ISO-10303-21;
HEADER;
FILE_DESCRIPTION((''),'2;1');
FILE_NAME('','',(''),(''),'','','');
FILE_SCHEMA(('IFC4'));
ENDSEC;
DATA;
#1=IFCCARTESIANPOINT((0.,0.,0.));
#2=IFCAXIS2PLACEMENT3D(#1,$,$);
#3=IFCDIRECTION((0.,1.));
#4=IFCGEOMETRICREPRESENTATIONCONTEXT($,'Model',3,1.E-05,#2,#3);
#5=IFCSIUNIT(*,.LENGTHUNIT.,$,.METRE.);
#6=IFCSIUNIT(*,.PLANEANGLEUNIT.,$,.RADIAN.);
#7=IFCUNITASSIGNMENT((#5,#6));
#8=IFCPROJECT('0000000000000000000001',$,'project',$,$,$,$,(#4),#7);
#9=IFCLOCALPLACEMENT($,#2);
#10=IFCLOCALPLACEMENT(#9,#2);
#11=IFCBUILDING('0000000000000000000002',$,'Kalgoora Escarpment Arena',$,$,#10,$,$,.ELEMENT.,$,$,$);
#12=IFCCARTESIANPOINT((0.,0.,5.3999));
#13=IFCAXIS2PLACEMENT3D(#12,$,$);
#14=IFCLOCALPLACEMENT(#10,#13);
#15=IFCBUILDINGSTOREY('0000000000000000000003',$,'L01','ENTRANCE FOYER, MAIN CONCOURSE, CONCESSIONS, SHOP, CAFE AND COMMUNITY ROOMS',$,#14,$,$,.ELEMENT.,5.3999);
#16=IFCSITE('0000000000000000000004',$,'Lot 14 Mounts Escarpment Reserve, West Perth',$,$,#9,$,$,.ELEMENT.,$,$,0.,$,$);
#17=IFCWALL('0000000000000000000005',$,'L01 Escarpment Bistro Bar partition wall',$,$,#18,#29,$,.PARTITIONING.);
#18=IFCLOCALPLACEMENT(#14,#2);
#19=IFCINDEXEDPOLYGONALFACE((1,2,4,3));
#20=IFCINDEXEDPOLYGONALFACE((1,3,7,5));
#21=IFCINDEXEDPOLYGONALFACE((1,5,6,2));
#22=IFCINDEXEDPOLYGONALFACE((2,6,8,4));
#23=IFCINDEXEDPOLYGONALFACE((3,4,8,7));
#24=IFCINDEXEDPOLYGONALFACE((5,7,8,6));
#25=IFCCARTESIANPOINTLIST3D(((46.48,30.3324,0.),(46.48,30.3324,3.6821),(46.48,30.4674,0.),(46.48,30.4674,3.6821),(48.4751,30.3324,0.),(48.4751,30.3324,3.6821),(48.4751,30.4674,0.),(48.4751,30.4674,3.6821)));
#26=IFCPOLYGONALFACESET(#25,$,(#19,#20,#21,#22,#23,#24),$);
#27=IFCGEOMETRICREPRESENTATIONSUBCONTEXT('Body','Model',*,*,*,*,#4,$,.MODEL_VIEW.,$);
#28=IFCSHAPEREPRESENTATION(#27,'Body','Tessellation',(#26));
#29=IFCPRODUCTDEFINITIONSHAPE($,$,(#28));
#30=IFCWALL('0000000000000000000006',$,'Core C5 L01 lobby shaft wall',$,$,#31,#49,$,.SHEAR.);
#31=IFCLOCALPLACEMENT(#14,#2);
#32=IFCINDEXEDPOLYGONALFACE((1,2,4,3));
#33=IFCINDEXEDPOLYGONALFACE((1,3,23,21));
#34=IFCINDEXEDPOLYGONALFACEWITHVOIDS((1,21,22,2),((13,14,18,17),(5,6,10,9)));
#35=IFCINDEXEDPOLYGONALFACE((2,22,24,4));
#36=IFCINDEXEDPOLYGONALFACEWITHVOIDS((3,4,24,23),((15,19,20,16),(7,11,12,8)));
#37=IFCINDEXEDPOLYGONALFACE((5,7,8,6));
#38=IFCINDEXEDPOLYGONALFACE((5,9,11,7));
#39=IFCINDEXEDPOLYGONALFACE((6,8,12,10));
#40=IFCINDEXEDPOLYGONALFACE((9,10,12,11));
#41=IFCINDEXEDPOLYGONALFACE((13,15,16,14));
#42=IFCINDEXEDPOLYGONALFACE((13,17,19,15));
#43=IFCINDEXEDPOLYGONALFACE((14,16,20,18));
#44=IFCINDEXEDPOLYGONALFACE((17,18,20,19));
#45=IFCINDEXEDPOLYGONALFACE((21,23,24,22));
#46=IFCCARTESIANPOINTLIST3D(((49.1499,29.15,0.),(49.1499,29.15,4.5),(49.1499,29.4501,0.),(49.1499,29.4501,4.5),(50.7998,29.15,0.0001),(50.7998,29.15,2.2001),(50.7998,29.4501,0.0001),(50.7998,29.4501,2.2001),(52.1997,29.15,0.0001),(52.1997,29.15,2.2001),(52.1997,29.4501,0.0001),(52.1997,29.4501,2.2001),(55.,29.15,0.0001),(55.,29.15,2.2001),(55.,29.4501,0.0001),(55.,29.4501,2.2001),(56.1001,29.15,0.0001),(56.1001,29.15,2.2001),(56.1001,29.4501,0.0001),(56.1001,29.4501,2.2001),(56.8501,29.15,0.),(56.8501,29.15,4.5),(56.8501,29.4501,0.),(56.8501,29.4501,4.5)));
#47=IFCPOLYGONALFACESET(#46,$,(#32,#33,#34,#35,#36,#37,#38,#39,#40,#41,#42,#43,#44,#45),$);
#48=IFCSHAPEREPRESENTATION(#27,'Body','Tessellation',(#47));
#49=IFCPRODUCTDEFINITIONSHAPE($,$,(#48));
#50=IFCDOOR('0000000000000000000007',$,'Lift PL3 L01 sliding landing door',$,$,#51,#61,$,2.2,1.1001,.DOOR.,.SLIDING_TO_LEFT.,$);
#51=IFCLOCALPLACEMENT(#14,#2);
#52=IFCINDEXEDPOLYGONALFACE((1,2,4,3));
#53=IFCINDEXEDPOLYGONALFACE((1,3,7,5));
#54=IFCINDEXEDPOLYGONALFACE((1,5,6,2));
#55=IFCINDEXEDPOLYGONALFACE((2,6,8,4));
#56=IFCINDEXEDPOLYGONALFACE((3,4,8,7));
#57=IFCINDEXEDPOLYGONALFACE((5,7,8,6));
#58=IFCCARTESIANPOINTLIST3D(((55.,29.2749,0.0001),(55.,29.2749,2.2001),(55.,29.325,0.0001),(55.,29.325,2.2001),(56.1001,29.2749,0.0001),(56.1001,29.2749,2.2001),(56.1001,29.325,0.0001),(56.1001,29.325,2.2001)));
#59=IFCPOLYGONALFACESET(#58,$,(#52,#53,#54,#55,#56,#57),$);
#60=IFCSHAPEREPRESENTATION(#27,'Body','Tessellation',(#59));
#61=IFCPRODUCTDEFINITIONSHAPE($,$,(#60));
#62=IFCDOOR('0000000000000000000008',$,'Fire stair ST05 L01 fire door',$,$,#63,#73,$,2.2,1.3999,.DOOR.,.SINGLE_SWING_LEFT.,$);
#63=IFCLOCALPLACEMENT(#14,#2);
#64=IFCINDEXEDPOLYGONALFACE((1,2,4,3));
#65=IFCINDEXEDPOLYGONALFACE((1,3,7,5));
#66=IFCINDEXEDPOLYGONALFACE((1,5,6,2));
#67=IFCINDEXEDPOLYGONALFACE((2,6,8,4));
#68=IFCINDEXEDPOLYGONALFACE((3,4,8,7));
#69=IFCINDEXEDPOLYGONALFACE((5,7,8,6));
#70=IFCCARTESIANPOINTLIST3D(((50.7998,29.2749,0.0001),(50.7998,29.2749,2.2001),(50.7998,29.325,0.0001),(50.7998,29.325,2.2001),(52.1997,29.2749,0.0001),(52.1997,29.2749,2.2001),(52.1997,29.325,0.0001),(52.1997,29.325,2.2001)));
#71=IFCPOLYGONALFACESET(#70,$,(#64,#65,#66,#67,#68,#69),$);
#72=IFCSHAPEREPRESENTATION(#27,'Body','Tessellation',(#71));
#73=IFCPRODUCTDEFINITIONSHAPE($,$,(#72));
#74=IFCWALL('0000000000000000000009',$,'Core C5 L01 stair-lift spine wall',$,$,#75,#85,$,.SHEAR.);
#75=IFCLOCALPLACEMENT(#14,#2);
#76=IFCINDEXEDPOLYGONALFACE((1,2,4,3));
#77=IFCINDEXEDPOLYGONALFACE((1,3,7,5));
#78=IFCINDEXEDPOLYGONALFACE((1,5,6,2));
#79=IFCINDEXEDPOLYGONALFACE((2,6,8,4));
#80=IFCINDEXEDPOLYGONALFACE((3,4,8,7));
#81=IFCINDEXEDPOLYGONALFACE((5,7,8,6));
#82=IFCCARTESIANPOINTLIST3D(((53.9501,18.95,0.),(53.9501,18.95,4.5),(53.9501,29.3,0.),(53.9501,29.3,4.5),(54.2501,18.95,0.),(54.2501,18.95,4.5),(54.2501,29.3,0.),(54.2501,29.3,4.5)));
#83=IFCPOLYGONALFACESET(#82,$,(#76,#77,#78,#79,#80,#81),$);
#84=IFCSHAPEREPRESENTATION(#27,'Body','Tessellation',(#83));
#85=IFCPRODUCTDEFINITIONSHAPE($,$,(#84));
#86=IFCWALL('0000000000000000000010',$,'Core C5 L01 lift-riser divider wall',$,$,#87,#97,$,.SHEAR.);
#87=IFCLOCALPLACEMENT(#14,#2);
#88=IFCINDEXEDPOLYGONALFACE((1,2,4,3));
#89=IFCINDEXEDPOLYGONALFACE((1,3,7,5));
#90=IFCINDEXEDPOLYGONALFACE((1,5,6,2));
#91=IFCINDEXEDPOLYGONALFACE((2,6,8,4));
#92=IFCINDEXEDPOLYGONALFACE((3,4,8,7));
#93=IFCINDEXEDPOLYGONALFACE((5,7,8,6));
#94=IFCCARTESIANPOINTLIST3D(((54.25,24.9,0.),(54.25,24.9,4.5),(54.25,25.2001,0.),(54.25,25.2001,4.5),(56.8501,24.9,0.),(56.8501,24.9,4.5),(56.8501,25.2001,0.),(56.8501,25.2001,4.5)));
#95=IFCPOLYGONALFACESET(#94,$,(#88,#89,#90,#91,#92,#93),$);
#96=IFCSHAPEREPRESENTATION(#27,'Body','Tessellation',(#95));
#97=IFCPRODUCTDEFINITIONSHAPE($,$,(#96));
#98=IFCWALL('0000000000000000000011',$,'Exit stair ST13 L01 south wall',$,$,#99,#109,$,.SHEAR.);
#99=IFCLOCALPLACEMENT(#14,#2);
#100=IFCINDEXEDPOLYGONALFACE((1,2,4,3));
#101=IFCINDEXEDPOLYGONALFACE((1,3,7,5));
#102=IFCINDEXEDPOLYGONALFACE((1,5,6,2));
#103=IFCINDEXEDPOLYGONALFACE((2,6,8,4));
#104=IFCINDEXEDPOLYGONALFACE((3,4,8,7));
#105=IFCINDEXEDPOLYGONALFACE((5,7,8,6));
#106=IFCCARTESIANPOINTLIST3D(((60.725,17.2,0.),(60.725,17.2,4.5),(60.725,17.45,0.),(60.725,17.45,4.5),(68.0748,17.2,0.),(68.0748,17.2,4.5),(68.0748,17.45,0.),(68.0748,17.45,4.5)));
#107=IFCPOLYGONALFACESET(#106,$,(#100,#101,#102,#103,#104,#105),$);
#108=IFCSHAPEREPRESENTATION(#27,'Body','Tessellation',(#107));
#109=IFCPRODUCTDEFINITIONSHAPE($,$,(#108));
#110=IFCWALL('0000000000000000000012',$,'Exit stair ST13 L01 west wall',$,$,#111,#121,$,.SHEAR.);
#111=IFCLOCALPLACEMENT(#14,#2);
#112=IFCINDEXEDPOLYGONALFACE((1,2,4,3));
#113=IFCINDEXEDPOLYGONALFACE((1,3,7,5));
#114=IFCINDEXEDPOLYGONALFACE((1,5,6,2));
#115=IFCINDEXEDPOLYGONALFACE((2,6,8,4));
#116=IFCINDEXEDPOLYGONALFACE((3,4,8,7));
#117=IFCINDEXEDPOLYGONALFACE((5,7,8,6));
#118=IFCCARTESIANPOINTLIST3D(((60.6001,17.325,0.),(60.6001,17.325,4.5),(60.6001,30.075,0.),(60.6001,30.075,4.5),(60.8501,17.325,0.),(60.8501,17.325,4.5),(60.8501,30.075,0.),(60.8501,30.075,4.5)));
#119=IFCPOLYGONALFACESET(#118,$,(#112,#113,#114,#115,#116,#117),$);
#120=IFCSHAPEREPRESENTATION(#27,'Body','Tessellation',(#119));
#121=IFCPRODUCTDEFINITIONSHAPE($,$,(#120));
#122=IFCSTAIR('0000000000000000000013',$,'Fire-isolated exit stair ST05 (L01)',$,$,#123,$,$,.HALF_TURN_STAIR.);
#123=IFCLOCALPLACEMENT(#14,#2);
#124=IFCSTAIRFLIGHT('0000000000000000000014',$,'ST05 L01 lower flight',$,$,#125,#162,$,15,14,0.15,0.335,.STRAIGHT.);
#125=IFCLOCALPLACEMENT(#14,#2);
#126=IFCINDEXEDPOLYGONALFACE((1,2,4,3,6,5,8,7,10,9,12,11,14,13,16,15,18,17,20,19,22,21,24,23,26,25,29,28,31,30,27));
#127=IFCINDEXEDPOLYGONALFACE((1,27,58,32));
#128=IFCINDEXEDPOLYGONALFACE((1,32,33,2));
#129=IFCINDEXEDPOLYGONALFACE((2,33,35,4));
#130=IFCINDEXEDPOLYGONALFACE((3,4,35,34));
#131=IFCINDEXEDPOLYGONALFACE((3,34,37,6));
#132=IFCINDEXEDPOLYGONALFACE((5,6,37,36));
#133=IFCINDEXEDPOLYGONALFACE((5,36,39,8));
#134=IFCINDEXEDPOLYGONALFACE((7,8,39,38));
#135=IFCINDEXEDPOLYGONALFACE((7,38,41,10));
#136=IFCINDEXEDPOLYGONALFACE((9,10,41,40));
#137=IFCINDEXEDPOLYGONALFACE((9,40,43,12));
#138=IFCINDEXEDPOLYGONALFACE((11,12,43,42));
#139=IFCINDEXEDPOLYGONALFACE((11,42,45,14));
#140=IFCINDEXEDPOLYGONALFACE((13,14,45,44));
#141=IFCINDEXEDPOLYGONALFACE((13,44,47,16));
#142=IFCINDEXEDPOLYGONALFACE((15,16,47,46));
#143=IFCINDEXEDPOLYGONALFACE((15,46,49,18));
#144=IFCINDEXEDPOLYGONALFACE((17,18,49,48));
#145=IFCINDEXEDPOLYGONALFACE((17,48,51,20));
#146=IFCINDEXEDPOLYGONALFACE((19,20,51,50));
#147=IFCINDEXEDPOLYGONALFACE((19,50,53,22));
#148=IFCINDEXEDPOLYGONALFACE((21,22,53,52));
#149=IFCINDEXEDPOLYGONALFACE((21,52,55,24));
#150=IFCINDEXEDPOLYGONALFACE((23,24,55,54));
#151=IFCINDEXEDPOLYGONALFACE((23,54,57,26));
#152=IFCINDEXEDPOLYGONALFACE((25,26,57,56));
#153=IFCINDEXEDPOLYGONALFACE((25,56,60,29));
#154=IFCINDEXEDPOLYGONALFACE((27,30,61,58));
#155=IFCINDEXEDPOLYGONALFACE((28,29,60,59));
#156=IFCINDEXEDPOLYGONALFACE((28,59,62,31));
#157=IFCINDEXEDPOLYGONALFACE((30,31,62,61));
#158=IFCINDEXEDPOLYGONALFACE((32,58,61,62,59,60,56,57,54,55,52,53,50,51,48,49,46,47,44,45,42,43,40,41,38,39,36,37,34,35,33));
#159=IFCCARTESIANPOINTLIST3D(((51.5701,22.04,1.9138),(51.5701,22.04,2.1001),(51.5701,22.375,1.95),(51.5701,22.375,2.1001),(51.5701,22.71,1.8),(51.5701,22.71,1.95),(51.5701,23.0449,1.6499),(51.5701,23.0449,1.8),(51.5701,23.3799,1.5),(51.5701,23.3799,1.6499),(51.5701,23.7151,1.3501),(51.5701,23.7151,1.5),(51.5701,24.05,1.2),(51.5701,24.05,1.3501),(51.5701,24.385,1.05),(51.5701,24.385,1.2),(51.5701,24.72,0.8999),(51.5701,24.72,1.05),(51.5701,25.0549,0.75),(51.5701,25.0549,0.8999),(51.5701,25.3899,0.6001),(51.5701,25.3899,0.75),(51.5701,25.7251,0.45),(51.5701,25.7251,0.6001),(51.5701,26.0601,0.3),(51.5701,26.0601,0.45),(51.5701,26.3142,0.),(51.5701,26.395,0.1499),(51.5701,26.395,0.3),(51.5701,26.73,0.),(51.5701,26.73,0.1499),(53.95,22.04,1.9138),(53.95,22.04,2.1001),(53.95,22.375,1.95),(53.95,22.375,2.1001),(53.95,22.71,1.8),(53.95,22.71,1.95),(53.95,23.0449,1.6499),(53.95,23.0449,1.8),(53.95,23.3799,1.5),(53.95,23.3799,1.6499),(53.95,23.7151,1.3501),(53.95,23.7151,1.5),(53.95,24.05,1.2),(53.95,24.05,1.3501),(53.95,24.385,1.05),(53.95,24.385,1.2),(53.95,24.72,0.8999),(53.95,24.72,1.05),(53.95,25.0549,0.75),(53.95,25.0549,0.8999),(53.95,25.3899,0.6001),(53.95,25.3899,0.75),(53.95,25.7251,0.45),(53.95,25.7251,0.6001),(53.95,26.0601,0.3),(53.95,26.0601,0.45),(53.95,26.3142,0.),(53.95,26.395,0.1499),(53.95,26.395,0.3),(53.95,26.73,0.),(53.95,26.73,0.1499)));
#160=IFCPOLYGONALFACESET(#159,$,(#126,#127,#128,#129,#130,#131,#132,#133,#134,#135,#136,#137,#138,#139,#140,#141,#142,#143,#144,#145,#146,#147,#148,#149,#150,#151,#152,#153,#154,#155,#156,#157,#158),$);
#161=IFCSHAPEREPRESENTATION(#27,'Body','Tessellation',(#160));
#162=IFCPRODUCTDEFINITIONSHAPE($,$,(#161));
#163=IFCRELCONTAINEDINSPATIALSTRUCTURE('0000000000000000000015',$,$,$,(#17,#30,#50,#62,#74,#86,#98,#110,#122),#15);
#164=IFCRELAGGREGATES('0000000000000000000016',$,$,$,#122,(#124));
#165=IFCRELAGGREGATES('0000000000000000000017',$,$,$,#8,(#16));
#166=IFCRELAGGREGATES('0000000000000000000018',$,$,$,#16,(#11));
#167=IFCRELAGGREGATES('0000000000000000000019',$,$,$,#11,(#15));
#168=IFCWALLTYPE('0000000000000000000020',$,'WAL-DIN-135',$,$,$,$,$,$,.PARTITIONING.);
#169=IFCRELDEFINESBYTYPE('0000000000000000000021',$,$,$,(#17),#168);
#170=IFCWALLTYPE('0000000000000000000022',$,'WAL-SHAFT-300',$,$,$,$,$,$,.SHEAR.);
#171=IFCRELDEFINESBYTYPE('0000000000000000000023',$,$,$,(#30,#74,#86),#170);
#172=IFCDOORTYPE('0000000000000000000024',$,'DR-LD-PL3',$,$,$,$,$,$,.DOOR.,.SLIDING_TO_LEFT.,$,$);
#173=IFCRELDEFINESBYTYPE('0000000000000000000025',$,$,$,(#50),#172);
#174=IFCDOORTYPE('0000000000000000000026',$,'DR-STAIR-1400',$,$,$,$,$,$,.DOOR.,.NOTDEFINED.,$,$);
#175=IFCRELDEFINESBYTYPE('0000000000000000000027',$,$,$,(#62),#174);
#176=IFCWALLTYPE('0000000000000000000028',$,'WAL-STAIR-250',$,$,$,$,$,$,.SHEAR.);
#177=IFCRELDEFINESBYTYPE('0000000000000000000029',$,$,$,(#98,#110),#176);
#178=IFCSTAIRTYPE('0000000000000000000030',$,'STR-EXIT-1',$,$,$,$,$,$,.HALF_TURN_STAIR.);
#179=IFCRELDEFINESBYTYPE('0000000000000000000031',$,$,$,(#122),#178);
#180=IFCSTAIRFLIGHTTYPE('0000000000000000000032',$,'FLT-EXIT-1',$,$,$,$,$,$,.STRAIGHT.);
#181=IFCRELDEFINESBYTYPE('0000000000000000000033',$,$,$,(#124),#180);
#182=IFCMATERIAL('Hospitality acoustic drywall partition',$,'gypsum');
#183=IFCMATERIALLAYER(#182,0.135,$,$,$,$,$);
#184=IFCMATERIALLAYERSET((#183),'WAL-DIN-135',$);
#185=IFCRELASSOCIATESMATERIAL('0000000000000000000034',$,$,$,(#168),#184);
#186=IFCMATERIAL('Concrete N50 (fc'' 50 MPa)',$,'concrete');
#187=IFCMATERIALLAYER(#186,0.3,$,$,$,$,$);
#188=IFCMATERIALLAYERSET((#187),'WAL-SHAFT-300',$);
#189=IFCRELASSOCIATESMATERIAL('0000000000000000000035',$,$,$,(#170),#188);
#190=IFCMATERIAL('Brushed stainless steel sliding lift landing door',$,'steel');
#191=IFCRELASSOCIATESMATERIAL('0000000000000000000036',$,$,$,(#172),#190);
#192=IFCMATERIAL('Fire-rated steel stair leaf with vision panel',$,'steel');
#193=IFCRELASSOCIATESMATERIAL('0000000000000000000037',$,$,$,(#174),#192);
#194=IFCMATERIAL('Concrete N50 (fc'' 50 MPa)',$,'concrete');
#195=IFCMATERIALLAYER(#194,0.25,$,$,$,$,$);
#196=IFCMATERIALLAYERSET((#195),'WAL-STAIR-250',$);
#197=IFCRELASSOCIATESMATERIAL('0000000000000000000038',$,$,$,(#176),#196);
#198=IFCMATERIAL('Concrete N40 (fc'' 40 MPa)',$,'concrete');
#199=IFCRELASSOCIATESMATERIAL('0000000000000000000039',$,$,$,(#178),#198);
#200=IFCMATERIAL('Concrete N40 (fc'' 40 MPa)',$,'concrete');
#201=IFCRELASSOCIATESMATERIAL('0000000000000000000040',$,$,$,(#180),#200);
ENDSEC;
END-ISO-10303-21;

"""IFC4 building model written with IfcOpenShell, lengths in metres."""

from ifc_helpers import new_model, si_unit, direction, frame, frame_2d, origin, place, context, subcontext, project, spatial, polyline, rectangle, outline, extrude, material, layer, layer_set, type_object, element, fill, aggregate, save


model = new_model("IFC4")

# Units and contexts
model_context = context("Model", 3, precision=1e-05, world=origin(), true_north=direction((0.0, 1.0)))
body_context = subcontext(model_context, "Body", "Model", "MODEL_VIEW")
ifc_project = project(units=[si_unit("LENGTHUNIT", "METRE"), si_unit("PLANEANGLEUNIT", "RADIAN")], contexts=[model_context])

# Site, building, storey
site_placement = place(None, origin())
site = spatial("IfcSite", under=ifc_project, at=site_placement, Name="Lot 14 Mounts Escarpment Reserve, West Perth", CompositionType="ELEMENT", RefElevation=0.0)
building_placement = place(site_placement, origin())
building = spatial("IfcBuilding", under=site, at=building_placement, Name="Kalgoora Escarpment Arena", CompositionType="ELEMENT")
storey_placement = place(building_placement, frame((0.0, 0.0, 5.3999)))
storey = spatial("IfcBuildingStorey", under=building, at=storey_placement, Name="L01", Description="ENTRANCE FOYER, MAIN CONCOURSE, CONCESSIONS, SHOP, CAFE AND COMMUNITY ROOMS", CompositionType="ELEMENT", Elevation=5.3999)

# Wall
ifc_material_1 = material(Name="Hospitality acoustic drywall partition", Category="gypsum")
ifc_layer_1 = layer(ifc_material_1, 0.135)
ifc_layer_set_1 = layer_set([ifc_layer_1], Name="WAL-DIN-135")
wall_type_1 = type_object("IfcWallType", Name="WAL-DIN-135", PredefinedType="PARTITIONING", material=ifc_layer_set_1)
wall_1_placement = place(storey_placement, frame((48.4751, 30.3999, 0.0), z_axis=(0.0, 0.0, 1.0), x_axis=(-1.0, 0.0, 0.0)))
element("IfcWall", 1, at=wall_1_placement, inside=storey, type_object=wall_type_1, Name="L01 Escarpment Bistro Bar partition wall", PredefinedType="PARTITIONING", context=body_context, shape_type="SweptSolid", body=[
    extrude(rectangle(XDim=1.9951, YDim=0.135, at=frame_2d((0.9976, 0.0))), origin(), (0.0, 0.0, 1.0), 3.6821),
])

# Wall, openings, doors
ifc_material_2 = material(Name="Concrete N50 (fc' 50 MPa)", Category="concrete")
ifc_layer_2 = layer(ifc_material_2, 0.3)
ifc_layer_set_2 = layer_set([ifc_layer_2], Name="WAL-SHAFT-300")
wall_type_2 = type_object("IfcWallType", Name="WAL-SHAFT-300", PredefinedType="SHEAR", material=ifc_layer_set_2)
wall_2_placement = place(storey_placement, frame((49.1499, 29.3, 0.0), z_axis=(0.0, 0.0, 1.0), x_axis=(1.0, 0.0, 0.0)))
wall_2 = element("IfcWall", 2, at=wall_2_placement, inside=storey, type_object=wall_type_2, Name="Core C5 L01 lobby shaft wall", PredefinedType="SHEAR", context=body_context, shape_type="SweptSolid", body=[
    extrude(rectangle(XDim=7.7002, YDim=0.3, at=frame_2d((3.8501, 0.0))), origin(), (0.0, 0.0, 1.0), 4.5),
])
opening_1_placement = place(wall_2_placement, frame((1.6499, 0.0, 0.0)))
opening_1 = element("IfcOpeningElement", 3, at=opening_1_placement, cuts=wall_2, PredefinedType="OPENING", context=body_context, shape_type="SweptSolid", body=[
    extrude(rectangle(XDim=1.3999, YDim=2.2, at=frame_2d((0.7, 1.1001))), frame((0.0, 0.1599, 0.0), z_axis=(0.0, -1.0, 0.0), x_axis=(1.0, 0.0, 0.0)), (0.0, 0.0, 1.0), 0.3201),
])
opening_2_placement = place(wall_2_placement, frame((5.8501, 0.0, 0.0)))
opening_2 = element("IfcOpeningElement", 4, at=opening_2_placement, cuts=wall_2, PredefinedType="OPENING", context=body_context, shape_type="SweptSolid", body=[
    extrude(rectangle(XDim=1.1001, YDim=2.2, at=frame_2d((0.55, 1.1001))), frame((0.0, 0.1599, 0.0), z_axis=(0.0, -1.0, 0.0), x_axis=(1.0, 0.0, 0.0)), (0.0, 0.0, 1.0), 0.3201),
])
ifc_material_3 = material(Name="Brushed stainless steel sliding lift landing door", Category="steel")
door_type_1 = type_object("IfcDoorType", Name="DR-LD-PL3", OperationType="SLIDING_TO_LEFT", PredefinedType="DOOR", material=ifc_material_3)
door_1_placement = place(opening_2_placement, origin())
door_1 = element("IfcDoor", 5, at=door_1_placement, inside=storey, type_object=door_type_1, Name="Lift PL3 L01 sliding landing door", OperationType="SLIDING_TO_LEFT", OverallHeight=2.2, OverallWidth=1.1001, PredefinedType="DOOR", context=body_context, shape_type="SweptSolid", body=[
    extrude(rectangle(XDim=1.1001, YDim=2.2, at=frame_2d((0.55, 1.1001))), frame((0.0, 0.0249, 0.0), z_axis=(0.0, -1.0, 0.0), x_axis=(1.0, 0.0, 0.0)), (0.0, 0.0, 1.0), 0.05),
])
fill(opening_2, door_1)
ifc_material_4 = material(Name="Fire-rated steel stair leaf with vision panel", Category="steel")
door_type_2 = type_object("IfcDoorType", Name="DR-STAIR-1400", OperationType="NOTDEFINED", PredefinedType="DOOR", material=ifc_material_4)
door_2_placement = place(opening_1_placement, origin())
door_2 = element("IfcDoor", 6, at=door_2_placement, inside=storey, type_object=door_type_2, Name="Fire stair ST05 L01 fire door", OperationType="SINGLE_SWING_LEFT", OverallHeight=2.2, OverallWidth=1.3999, PredefinedType="DOOR", context=body_context, shape_type="SweptSolid", body=[
    extrude(rectangle(XDim=1.3999, YDim=2.2, at=frame_2d((0.7, 1.1001))), frame((0.0, 0.0249, 0.0), z_axis=(0.0, -1.0, 0.0), x_axis=(1.0, 0.0, 0.0)), (0.0, 0.0, 1.0), 0.05),
])
fill(opening_1, door_2)

# Walls
wall_3_placement = place(storey_placement, frame((54.1001, 18.95, 0.0), z_axis=(0.0, 0.0, 1.0), x_axis=(0.0, 1.0, 0.0)))
element("IfcWall", 7, at=wall_3_placement, inside=storey, type_object=wall_type_2, Name="Core C5 L01 stair-lift spine wall", PredefinedType="SHEAR", context=body_context, shape_type="SweptSolid", body=[
    extrude(rectangle(XDim=10.3501, YDim=0.3, at=frame_2d((5.175, 0.0))), origin(), (0.0, 0.0, 1.0), 4.5),
])
wall_4_placement = place(storey_placement, frame((54.25, 25.05, 0.0), z_axis=(0.0, 0.0, 1.0), x_axis=(1.0, 0.0, 0.0)))
element("IfcWall", 8, at=wall_4_placement, inside=storey, type_object=wall_type_2, Name="Core C5 L01 lift-riser divider wall", PredefinedType="SHEAR", context=body_context, shape_type="SweptSolid", body=[
    extrude(rectangle(XDim=2.6001, YDim=0.3, at=frame_2d((1.3, 0.0))), origin(), (0.0, 0.0, 1.0), 4.5),
])
ifc_material_5 = material(Name="Concrete N50 (fc' 50 MPa)", Category="concrete")
ifc_layer_3 = layer(ifc_material_5, 0.25)
ifc_layer_set_3 = layer_set([ifc_layer_3], Name="WAL-STAIR-250")
wall_type_3 = type_object("IfcWallType", Name="WAL-STAIR-250", PredefinedType="SHEAR", material=ifc_layer_set_3)
wall_5_placement = place(storey_placement, frame((60.7251, 17.325, 0.0), z_axis=(0.0, 0.0, 1.0), x_axis=(1.0, 0.0, 0.0)))
element("IfcWall", 9, at=wall_5_placement, inside=storey, type_object=wall_type_3, Name="Exit stair ST13 L01 south wall", PredefinedType="SHEAR", context=body_context, shape_type="SweptSolid", body=[
    extrude(rectangle(XDim=7.3499, YDim=0.25, at=frame_2d((3.6748, 0.0))), origin(), (0.0, 0.0, 1.0), 4.5),
])
wall_6_placement = place(storey_placement, frame((60.7251, 17.325, 0.0), z_axis=(0.0, 0.0, 1.0), x_axis=(0.0, 1.0, 0.0)))
element("IfcWall", 10, at=wall_6_placement, inside=storey, type_object=wall_type_3, Name="Exit stair ST13 L01 west wall", PredefinedType="SHEAR", context=body_context, shape_type="SweptSolid", body=[
    extrude(rectangle(XDim=12.75, YDim=0.25, at=frame_2d((6.375, 0.0))), origin(), (0.0, 0.0, 1.0), 4.5),
])

# Stair, stair flight
ifc_material_6 = material(Name="Concrete N40 (fc' 40 MPa)", Category="concrete")
stair_type = type_object("IfcStairType", Name="STR-EXIT-1", PredefinedType="HALF_TURN_STAIR", material=ifc_material_6)
stair_placement = place(storey_placement, origin())
stair = element("IfcStair", 11, at=stair_placement, inside=storey, type_object=stair_type, Name="Fire-isolated exit stair ST05 (L01)", PredefinedType="HALF_TURN_STAIR")
ifc_material_7 = material(Name="Concrete N40 (fc' 40 MPa)", Category="concrete")
stair_flight_type = type_object("IfcStairFlightType", Name="FLT-EXIT-1", PredefinedType="STRAIGHT", material=ifc_material_7)
stair_flight_1_placement = place(storey_placement, frame((52.76, 26.73, 0.0), z_axis=(0.0, 0.0, 1.0), x_axis=(0.0, -1.0, 0.0)))
stair_flight_1 = element("IfcStairFlight", 12, at=stair_flight_1_placement, type_object=stair_flight_type, Name="ST05 L01 lower flight", NumberOfRisers=15, NumberOfTreads=14, PredefinedType="STRAIGHT", RiserHeight=0.15, TreadLength=0.335, context=body_context, shape_type="SweptSolid", body=[
    extrude(outline(polyline([(0.0, 0.0), (0.0, 0.1499), (0.335, 0.1499), (0.335, 0.3), (0.6699, 0.3), (0.6699, 0.45), (1.0049, 0.45), (1.0049, 0.6001), (1.3401, 0.6001), (1.3401, 0.75), (1.675, 0.75), (1.675, 0.8999), (2.01, 0.8999), (2.01, 1.05), (2.345, 1.05), (2.345, 1.2), (2.6799, 1.2), (2.6799, 1.3501), (3.0149, 1.3501), (3.0149, 1.5), (3.3501, 1.5), (3.3501, 1.6499), (3.6851, 1.6499), (3.6851, 1.8), (4.02, 1.8), (4.02, 1.95), (4.355, 1.95), (4.355, 2.1001), (4.6899, 2.1001), (4.6899, 2.25), (4.6899, 1.9138), (0.4158, 0.0), (0.0, 0.0)])), frame((0.0, 1.1899, 0.0), z_axis=(0.0, -1.0, 0.0), x_axis=(1.0, 0.0, 0.0)), (0.0, 0.0, 1.0), 2.3799),
])
aggregate(stair, [stair_flight_1])

save(model, "model.ifc")
